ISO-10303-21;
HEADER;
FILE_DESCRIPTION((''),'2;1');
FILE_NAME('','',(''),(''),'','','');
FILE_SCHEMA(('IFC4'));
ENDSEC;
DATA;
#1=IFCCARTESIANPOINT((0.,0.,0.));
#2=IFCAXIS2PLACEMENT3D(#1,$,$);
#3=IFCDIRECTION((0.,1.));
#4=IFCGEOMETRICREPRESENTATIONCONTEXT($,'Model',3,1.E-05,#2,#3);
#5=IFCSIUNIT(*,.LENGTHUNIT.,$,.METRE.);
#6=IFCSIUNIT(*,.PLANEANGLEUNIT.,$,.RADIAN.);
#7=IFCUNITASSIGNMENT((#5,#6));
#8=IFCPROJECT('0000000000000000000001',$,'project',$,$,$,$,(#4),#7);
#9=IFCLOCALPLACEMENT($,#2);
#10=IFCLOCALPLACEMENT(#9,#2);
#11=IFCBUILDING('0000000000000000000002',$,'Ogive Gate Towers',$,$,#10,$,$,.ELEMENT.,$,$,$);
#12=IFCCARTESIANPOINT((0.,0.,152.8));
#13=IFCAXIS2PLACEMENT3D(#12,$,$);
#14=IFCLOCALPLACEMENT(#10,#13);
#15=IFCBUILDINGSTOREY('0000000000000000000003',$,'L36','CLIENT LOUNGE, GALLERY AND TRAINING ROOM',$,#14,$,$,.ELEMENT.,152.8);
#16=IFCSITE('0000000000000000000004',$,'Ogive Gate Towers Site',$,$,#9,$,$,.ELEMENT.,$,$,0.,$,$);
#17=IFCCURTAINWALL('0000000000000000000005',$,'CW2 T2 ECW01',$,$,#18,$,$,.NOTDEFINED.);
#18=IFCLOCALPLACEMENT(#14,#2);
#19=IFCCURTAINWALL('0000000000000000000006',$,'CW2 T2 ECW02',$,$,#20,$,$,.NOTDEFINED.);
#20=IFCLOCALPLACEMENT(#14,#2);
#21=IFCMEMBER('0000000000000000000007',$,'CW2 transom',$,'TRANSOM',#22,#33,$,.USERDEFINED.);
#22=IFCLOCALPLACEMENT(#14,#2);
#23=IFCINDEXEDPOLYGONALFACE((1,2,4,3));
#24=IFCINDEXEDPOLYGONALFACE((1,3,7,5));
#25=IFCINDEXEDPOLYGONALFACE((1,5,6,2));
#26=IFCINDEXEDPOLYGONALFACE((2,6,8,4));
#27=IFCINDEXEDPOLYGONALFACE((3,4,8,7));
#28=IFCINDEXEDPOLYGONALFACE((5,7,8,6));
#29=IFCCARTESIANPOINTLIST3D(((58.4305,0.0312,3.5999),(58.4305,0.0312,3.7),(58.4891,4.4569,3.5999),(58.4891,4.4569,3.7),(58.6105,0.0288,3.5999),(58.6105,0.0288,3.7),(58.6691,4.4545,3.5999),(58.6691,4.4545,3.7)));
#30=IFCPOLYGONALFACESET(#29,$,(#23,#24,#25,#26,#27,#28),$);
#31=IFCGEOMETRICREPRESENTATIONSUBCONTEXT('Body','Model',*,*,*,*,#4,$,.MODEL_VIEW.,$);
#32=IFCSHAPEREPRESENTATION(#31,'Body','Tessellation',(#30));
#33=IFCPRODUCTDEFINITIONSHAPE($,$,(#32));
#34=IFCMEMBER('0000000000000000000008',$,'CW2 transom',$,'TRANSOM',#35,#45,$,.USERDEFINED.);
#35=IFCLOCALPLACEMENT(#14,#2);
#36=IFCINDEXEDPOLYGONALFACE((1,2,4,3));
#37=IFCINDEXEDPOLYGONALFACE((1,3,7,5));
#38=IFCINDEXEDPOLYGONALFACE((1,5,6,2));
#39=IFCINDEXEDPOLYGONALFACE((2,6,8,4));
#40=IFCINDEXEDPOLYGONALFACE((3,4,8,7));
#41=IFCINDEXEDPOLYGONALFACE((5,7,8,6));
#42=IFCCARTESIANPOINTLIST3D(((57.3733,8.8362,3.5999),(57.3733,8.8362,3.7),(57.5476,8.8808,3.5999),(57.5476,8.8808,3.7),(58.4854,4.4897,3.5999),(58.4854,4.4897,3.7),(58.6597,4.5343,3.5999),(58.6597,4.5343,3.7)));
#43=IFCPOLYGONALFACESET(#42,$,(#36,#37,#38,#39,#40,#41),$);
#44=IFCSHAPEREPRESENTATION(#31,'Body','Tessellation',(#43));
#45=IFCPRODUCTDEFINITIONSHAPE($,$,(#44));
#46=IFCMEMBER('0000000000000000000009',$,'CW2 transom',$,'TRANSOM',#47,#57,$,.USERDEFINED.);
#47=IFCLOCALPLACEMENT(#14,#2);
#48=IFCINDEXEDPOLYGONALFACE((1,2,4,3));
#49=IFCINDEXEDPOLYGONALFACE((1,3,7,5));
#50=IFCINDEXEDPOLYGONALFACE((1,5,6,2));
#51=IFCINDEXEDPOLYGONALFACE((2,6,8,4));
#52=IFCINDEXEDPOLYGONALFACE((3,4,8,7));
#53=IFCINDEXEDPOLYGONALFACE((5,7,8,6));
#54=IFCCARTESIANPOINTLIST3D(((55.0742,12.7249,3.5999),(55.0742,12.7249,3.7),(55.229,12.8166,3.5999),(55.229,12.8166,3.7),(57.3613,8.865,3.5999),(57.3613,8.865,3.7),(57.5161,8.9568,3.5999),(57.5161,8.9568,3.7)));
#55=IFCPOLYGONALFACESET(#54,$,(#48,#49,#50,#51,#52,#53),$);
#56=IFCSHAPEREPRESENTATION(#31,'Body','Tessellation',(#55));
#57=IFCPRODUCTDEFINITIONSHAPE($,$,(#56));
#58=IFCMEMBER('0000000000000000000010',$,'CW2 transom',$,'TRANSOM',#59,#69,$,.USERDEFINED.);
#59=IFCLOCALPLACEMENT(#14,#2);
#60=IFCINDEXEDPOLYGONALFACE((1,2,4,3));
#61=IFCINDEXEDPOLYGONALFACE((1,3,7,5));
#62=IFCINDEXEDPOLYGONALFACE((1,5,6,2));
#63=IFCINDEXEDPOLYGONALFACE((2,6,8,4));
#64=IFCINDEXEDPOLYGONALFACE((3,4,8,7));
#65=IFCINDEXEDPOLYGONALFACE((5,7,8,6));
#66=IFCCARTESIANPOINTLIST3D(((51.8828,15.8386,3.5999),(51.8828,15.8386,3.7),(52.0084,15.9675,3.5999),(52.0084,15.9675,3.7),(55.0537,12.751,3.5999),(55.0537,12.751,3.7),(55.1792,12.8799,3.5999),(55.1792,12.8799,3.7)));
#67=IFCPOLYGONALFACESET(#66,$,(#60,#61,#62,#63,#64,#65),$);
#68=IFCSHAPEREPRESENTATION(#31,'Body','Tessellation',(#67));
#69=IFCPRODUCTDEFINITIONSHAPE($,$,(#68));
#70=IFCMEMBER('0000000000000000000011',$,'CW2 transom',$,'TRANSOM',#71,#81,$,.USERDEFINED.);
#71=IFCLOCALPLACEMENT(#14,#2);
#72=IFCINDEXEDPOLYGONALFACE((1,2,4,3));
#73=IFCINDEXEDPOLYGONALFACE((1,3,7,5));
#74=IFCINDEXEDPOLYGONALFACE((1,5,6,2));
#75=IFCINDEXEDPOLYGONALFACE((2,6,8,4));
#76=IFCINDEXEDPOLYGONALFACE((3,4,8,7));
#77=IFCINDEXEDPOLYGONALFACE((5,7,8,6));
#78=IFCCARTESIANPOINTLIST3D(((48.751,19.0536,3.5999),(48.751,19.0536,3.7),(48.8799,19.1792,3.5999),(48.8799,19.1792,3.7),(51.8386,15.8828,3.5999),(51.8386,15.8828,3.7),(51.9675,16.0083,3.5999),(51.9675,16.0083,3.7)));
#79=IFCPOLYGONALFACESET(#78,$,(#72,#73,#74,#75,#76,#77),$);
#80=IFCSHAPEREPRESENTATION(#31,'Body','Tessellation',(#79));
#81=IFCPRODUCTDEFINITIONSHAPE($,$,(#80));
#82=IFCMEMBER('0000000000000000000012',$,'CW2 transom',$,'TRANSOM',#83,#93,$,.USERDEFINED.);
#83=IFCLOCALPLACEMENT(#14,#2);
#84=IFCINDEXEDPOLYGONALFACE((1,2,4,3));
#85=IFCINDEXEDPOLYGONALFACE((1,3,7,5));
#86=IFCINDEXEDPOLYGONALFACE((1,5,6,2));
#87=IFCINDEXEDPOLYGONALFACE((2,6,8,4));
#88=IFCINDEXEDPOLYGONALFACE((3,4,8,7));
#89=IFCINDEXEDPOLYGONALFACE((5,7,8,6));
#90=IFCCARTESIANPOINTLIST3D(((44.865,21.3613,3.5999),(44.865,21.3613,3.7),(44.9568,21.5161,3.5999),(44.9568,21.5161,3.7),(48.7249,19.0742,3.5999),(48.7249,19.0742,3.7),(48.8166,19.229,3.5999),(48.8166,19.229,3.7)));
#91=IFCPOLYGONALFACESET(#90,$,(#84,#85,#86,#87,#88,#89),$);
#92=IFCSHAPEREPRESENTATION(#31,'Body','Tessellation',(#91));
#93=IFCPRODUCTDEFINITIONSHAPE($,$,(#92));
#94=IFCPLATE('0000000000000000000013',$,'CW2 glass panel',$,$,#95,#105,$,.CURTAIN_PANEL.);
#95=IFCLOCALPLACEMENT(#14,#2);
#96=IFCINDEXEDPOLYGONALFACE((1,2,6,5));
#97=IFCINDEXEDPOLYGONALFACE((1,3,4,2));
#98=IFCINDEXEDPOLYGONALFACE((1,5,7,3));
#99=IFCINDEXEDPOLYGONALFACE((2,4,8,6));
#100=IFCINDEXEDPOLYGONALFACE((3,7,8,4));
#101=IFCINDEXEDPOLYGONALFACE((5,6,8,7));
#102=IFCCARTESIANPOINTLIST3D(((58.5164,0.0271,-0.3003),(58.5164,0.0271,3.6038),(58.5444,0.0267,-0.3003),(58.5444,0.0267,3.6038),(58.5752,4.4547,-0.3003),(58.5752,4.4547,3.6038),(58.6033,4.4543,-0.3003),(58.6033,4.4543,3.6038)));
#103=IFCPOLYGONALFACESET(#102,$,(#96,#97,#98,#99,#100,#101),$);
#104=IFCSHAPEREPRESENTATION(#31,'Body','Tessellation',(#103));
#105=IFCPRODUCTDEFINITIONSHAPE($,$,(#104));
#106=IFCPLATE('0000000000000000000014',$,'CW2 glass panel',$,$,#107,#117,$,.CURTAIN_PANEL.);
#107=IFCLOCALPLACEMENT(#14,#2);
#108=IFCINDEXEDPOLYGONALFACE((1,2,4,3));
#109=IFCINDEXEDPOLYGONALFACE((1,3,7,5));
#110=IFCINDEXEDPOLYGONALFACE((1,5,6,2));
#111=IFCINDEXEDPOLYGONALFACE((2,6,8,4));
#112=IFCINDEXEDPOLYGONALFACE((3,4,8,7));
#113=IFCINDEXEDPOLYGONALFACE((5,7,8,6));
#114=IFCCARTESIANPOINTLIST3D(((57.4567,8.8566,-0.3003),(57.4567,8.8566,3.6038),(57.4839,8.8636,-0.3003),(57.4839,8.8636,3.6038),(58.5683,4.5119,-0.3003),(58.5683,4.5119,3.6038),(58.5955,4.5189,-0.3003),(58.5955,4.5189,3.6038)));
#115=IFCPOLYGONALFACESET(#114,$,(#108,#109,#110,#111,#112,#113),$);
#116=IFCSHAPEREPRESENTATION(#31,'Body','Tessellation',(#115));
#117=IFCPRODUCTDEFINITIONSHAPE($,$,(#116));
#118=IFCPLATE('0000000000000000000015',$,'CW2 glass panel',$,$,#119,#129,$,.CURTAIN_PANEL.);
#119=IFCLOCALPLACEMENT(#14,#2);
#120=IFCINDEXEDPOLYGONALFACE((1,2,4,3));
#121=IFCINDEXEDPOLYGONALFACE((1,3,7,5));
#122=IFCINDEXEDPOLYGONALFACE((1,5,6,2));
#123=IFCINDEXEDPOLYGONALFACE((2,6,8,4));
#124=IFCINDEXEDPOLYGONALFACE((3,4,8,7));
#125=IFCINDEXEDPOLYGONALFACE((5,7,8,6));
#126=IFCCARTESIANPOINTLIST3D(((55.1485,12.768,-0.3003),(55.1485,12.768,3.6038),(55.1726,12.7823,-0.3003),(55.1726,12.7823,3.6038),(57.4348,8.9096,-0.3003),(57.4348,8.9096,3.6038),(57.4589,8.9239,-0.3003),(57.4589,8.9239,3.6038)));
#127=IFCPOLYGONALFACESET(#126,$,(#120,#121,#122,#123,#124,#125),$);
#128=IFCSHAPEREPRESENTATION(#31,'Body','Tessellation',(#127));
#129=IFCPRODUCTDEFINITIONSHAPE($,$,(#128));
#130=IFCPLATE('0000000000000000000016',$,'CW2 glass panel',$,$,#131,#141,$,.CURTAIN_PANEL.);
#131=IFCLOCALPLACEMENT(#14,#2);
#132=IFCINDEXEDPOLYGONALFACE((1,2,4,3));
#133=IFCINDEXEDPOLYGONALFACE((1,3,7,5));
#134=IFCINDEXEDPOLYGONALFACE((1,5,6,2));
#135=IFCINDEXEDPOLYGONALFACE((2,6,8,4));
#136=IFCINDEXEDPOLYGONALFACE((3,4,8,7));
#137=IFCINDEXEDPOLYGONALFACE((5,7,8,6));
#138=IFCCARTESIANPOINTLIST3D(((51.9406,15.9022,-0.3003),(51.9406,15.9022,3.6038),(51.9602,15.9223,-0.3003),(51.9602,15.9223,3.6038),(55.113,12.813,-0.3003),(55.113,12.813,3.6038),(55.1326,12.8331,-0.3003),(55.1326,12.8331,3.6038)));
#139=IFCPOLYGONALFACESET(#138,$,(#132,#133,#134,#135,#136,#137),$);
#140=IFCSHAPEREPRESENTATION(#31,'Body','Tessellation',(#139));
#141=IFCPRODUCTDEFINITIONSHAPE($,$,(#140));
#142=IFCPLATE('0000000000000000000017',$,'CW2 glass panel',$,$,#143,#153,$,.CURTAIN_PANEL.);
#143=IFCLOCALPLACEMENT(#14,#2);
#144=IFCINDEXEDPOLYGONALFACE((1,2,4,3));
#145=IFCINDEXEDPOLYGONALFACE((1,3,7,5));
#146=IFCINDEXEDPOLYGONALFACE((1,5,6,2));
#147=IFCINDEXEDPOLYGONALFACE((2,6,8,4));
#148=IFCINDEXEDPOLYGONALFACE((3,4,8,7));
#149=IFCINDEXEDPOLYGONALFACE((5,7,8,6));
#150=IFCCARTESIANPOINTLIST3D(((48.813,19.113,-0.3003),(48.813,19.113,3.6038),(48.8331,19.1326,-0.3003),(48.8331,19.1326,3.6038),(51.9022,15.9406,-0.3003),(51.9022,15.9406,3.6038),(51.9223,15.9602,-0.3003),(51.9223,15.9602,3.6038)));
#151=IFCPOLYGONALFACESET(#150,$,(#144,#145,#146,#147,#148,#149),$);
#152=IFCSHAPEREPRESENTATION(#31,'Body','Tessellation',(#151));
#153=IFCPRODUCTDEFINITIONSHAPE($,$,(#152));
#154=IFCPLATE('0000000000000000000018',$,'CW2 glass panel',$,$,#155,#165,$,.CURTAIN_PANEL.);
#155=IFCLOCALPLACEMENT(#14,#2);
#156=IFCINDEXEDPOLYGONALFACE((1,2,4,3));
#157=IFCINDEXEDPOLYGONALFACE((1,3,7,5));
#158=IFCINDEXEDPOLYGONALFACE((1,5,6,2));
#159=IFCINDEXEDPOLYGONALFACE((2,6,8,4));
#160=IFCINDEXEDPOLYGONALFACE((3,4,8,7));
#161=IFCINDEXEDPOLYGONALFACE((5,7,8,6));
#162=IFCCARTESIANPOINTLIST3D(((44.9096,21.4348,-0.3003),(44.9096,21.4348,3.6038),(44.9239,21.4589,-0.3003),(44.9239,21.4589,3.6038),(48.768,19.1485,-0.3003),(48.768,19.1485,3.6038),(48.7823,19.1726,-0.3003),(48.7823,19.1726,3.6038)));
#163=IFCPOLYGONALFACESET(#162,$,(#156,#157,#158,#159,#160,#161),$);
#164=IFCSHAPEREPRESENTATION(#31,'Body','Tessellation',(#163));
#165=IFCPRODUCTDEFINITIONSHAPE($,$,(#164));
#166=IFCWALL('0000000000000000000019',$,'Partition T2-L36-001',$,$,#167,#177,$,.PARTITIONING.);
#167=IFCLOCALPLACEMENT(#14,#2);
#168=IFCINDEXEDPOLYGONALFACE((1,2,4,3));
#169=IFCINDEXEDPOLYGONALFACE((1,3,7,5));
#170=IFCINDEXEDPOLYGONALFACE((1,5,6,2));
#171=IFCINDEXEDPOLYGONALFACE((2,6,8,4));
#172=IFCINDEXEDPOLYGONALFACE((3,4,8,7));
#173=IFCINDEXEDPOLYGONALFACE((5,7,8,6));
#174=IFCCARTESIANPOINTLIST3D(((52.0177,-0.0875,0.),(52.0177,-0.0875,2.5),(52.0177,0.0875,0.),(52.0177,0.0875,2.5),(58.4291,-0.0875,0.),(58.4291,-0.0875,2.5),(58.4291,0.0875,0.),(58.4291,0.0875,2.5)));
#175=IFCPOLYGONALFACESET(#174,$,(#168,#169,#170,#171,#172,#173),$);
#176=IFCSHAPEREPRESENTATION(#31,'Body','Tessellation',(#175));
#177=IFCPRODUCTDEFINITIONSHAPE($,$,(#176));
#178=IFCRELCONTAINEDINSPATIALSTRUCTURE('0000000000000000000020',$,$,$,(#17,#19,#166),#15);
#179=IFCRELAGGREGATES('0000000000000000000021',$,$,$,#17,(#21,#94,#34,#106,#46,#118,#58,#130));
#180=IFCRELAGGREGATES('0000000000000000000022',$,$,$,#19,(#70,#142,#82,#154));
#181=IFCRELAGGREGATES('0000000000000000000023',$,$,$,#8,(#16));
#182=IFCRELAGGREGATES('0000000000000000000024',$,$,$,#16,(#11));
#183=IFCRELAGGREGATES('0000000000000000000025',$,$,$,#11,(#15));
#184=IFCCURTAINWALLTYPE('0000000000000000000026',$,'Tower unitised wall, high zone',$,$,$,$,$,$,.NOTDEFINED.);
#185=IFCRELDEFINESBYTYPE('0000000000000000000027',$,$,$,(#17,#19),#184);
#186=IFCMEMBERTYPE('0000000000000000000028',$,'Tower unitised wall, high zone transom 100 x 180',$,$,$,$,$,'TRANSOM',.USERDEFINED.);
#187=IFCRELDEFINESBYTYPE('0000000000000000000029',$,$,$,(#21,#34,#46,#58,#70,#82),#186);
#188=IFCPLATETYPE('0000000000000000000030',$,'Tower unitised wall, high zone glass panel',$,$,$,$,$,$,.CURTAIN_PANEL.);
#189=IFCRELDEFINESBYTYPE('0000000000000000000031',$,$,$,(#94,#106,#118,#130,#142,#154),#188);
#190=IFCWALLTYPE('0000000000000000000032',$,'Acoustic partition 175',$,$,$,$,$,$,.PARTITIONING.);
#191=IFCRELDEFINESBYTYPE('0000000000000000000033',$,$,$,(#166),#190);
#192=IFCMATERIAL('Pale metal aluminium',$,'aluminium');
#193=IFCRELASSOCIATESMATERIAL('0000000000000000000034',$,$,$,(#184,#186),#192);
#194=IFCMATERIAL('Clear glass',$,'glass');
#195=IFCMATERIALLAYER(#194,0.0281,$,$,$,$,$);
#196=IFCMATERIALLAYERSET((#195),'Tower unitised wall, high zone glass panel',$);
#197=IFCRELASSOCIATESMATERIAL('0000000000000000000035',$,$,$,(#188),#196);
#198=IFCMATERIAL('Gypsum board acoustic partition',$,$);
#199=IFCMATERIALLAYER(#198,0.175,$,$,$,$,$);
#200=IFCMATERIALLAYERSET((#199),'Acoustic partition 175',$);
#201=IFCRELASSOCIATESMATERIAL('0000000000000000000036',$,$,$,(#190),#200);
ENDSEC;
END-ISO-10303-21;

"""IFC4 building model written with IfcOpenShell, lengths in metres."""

from ifc_helpers import new_model, si_unit, direction, frame, frame_2d, origin, origin_2d, place, context, subcontext, project, spatial, rectangle, extrude, material, layer, layer_set, material_profile, profile_set, type_object, element, aggregate, save


model = new_model("IFC4")

# Units and contexts
model_context = context("Model", 3, precision=1e-05, world=origin(), true_north=direction((0.0, 1.0)))
body_context = subcontext(model_context, "Body", "Model", "MODEL_VIEW")
ifc_project = project(units=[si_unit("LENGTHUNIT", "METRE"), si_unit("PLANEANGLEUNIT", "RADIAN")], contexts=[model_context])

# Site, building, storey
site_placement = place(None, origin())
site = spatial("IfcSite", under=ifc_project, at=site_placement, Name="Ogive Gate Towers Site", CompositionType="ELEMENT", RefElevation=0.0)
building_placement = place(site_placement, origin())
building = spatial("IfcBuilding", under=site, at=building_placement, Name="Ogive Gate Towers", CompositionType="ELEMENT")
storey_placement = place(building_placement, frame((0.0, 0.0, 152.8)))
storey = spatial("IfcBuildingStorey", under=building, at=storey_placement, Name="L36", Description="CLIENT LOUNGE, GALLERY AND TRAINING ROOM", CompositionType="ELEMENT", Elevation=152.8)

# Curtain wall
ifc_material_1 = material(Name="Pale metal aluminium", Category="aluminium")
curtain_wall_type = type_object("IfcCurtainWallType", Name="Tower unitised wall, high zone", PredefinedType="NOTDEFINED", material=ifc_material_1)
curtain_wall_1_placement = place(storey_placement, origin())
curtain_wall_1 = element("IfcCurtainWall", 1, at=curtain_wall_1_placement, inside=storey, type_object=curtain_wall_type, Name="CW2 T2 ECW01", PredefinedType="NOTDEFINED")

# Curtain wall
curtain_wall_2_placement = place(storey_placement, origin())
curtain_wall_2 = element("IfcCurtainWall", 2, at=curtain_wall_2_placement, inside=storey, type_object=curtain_wall_type, Name="CW2 T2 ECW02", PredefinedType="NOTDEFINED")

# Members
ifc_material_profile_1 = material_profile(ifc_material_1, rectangle(XDim=0.1799, YDim=0.1001, at=origin_2d()), Name="100 x 180 aluminium box")
ifc_profile_set_1 = profile_set([ifc_material_profile_1], Name="Pale metal aluminium")
member_type_1 = type_object("IfcMemberType", Name="Tower unitised wall, high zone transom 100 x 180", ElementType="TRANSOM", PredefinedType="USERDEFINED", material=ifc_profile_set_1)
member_1_placement = place(storey_placement, frame((58.5205, 0.03, 3.6499), z_axis=(0.013239, 0.999912, 0.0), x_axis=(-0.999912, 0.013239, 0.0)))
member_1 = element("IfcMember", 3, at=member_1_placement, type_object=member_type_1, Name="CW2 transom", ObjectType="TRANSOM", PredefinedType="USERDEFINED", context=body_context, shape_type="SweptSolid", body=[
    extrude(rectangle(XDim=0.1799, YDim=0.1001, at=origin_2d()), origin(), (0.0, 0.0, 1.0), 4.426),
])
member_2_placement = place(storey_placement, frame((58.5725, 4.512, 3.6499), z_axis=(-0.247858, 0.968796, 0.0), x_axis=(-0.968796, -0.247858, 0.0)))
member_2 = element("IfcMember", 4, at=member_2_placement, type_object=member_type_1, Name="CW2 transom", ObjectType="TRANSOM", PredefinedType="USERDEFINED", context=body_context, shape_type="SweptSolid", body=[
    extrude(rectangle(XDim=0.1799, YDim=0.1001, at=origin_2d()), origin(), (0.0, 0.0, 1.0), 4.4866),
])
member_3_placement = place(storey_placement, frame((57.4387, 8.9109, 3.6499), z_axis=(-0.509767, 0.860313, 0.0), x_axis=(-0.860313, -0.509767, 0.0)))
member_3 = element("IfcMember", 5, at=member_3_placement, type_object=member_type_1, Name="CW2 transom", ObjectType="TRANSOM", PredefinedType="USERDEFINED", context=body_context, shape_type="SweptSolid", body=[
    extrude(rectangle(XDim=0.1799, YDim=0.1001, at=origin_2d()), origin(), (0.0, 0.0, 1.0), 4.4866),
])
member_4_placement = place(storey_placement, frame((55.1165, 12.8154, 3.6499), z_axis=(-0.716449, 0.697639, 0.0), x_axis=(-0.697639, -0.716449, 0.0)))
member_4 = element("IfcMember", 6, at=member_4_placement, type_object=member_type_1, Name="CW2 transom", ObjectType="TRANSOM", PredefinedType="USERDEFINED", context=body_context, shape_type="SweptSolid", body=[
    extrude(rectangle(XDim=0.1799, YDim=0.1001, at=origin_2d()), origin(), (0.0, 0.0, 1.0), 4.4258),
])
member_5_placement = place(storey_placement, frame((51.9031, 15.9456, 3.6499), z_axis=(-0.697639, 0.716449, 0.0), x_axis=(-0.716449, -0.697639, 0.0)))
member_5 = element("IfcMember", 7, at=member_5_placement, type_object=member_type_1, Name="CW2 transom", ObjectType="TRANSOM", PredefinedType="USERDEFINED", context=body_context, shape_type="SweptSolid", body=[
    extrude(rectangle(XDim=0.1799, YDim=0.1001, at=origin_2d()), origin(), (0.0, 0.0, 1.0), 4.4258),
])
member_6_placement = place(storey_placement, frame((48.7708, 19.1516, 3.6499), z_axis=(-0.860313, 0.509767, 0.0), x_axis=(-0.509767, -0.860313, 0.0)))
member_6 = element("IfcMember", 8, at=member_6_placement, type_object=member_type_1, Name="CW2 transom", ObjectType="TRANSOM", PredefinedType="USERDEFINED", context=body_context, shape_type="SweptSolid", body=[
    extrude(rectangle(XDim=0.1799, YDim=0.1001, at=origin_2d()), origin(), (0.0, 0.0, 1.0), 4.4866),
])

# Plates
ifc_material_2 = material(Name="Clear glass", Category="glass")
ifc_layer_1 = layer(ifc_material_2, 0.0281)
ifc_layer_set_1 = layer_set([ifc_layer_1], Name="Tower unitised wall, high zone glass panel")
plate_type = type_object("IfcPlateType", Name="Tower unitised wall, high zone glass panel", PredefinedType="CURTAIN_PANEL", material=ifc_layer_set_1)
plate_1_placement = place(storey_placement, frame((58.5598, 2.2407, -0.3003), z_axis=(0.0, 0.0, 1.0), x_axis=(0.013282, 0.999912, 0.0)))
plate_1 = element("IfcPlate", 9, at=plate_1_placement, type_object=plate_type, Name="CW2 glass panel", PredefinedType="CURTAIN_PANEL", context=body_context, shape_type="SweptSolid", body=[
    extrude(rectangle(XDim=4.428, YDim=0.0281, at=origin_2d()), origin(), (0.0, 0.0, 1.0), 3.9041),
])
plate_2_placement = place(storey_placement, frame((58.0261, 6.6877, -0.3003), z_axis=(0.0, 0.0, 1.0), x_axis=(-0.247861, 0.968795, 0.0)))
plate_2 = element("IfcPlate", 10, at=plate_2_placement, type_object=plate_type, Name="CW2 glass panel", PredefinedType="CURTAIN_PANEL", context=body_context, shape_type="SweptSolid", body=[
    extrude(rectangle(XDim=4.4846, YDim=0.0281, at=origin_2d()), origin(), (0.0, 0.0, 1.0), 3.9041),
])
plate_3_placement = place(storey_placement, frame((56.3037, 10.8459, -0.3003), z_axis=(0.0, 0.0, 1.0), x_axis=(-0.509777, 0.860306, 0.0)))
plate_3 = element("IfcPlate", 11, at=plate_3_placement, type_object=plate_type, Name="CW2 glass panel", PredefinedType="CURTAIN_PANEL", context=body_context, shape_type="SweptSolid", body=[
    extrude(rectangle(XDim=4.4849, YDim=0.0281, at=origin_2d()), origin(), (0.0, 0.0, 1.0), 3.9041),
])
plate_4_placement = place(storey_placement, frame((53.5366, 14.3677, -0.3003), z_axis=(0.0, 0.0, 1.0), x_axis=(-0.716436, 0.697653, 0.0)))
plate_4 = element("IfcPlate", 12, at=plate_4_placement, type_object=plate_type, Name="CW2 glass panel", PredefinedType="CURTAIN_PANEL", context=body_context, shape_type="SweptSolid", body=[
    extrude(rectangle(XDim=4.428, YDim=0.0281, at=origin_2d()), origin(), (0.0, 0.0, 1.0), 3.9041),
])
aggregate(curtain_wall_1, [member_1, plate_1, member_2, plate_2, member_3, plate_3, member_4, plate_4])
plate_5_placement = place(storey_placement, frame((50.3677, 17.5366, -0.3003), z_axis=(0.0, 0.0, 1.0), x_axis=(-0.697653, 0.716436, 0.0)))
plate_5 = element("IfcPlate", 13, at=plate_5_placement, type_object=plate_type, Name="CW2 glass panel", PredefinedType="CURTAIN_PANEL", context=body_context, shape_type="SweptSolid", body=[
    extrude(rectangle(XDim=4.428, YDim=0.0281, at=origin_2d()), origin(), (0.0, 0.0, 1.0), 3.9041),
])
plate_6_placement = place(storey_placement, frame((46.8459, 20.3037, -0.3003), z_axis=(0.0, 0.0, 1.0), x_axis=(-0.860306, 0.509777, 0.0)))
plate_6 = element("IfcPlate", 14, at=plate_6_placement, type_object=plate_type, Name="CW2 glass panel", PredefinedType="CURTAIN_PANEL", context=body_context, shape_type="SweptSolid", body=[
    extrude(rectangle(XDim=4.4849, YDim=0.0281, at=origin_2d()), origin(), (0.0, 0.0, 1.0), 3.9041),
])
aggregate(curtain_wall_2, [member_5, plate_5, member_6, plate_6])

# Wall
ifc_material_3 = material(Name="Gypsum board acoustic partition")
ifc_layer_2 = layer(ifc_material_3, 0.175)
ifc_layer_set_2 = layer_set([ifc_layer_2], Name="Acoustic partition 175")
wall_type_1 = type_object("IfcWallType", Name="Acoustic partition 175", PredefinedType="PARTITIONING", material=ifc_layer_set_2)
wall_1_placement = place(storey_placement, frame((58.429, 0.0, 0.0), z_axis=(0.0, 0.0, 1.0), x_axis=(-1.0, 0.0, 0.0)))
element("IfcWall", 15, at=wall_1_placement, inside=storey, type_object=wall_type_1, Name="Partition T2-L36-001", PredefinedType="PARTITIONING", context=body_context, shape_type="SweptSolid", body=[
    extrude(rectangle(XDim=6.4114, YDim=0.175, at=frame_2d((3.2056, 0.0))), origin(), (0.0, 0.0, 1.0), 2.5),
])

save(model, "model.ifc")
